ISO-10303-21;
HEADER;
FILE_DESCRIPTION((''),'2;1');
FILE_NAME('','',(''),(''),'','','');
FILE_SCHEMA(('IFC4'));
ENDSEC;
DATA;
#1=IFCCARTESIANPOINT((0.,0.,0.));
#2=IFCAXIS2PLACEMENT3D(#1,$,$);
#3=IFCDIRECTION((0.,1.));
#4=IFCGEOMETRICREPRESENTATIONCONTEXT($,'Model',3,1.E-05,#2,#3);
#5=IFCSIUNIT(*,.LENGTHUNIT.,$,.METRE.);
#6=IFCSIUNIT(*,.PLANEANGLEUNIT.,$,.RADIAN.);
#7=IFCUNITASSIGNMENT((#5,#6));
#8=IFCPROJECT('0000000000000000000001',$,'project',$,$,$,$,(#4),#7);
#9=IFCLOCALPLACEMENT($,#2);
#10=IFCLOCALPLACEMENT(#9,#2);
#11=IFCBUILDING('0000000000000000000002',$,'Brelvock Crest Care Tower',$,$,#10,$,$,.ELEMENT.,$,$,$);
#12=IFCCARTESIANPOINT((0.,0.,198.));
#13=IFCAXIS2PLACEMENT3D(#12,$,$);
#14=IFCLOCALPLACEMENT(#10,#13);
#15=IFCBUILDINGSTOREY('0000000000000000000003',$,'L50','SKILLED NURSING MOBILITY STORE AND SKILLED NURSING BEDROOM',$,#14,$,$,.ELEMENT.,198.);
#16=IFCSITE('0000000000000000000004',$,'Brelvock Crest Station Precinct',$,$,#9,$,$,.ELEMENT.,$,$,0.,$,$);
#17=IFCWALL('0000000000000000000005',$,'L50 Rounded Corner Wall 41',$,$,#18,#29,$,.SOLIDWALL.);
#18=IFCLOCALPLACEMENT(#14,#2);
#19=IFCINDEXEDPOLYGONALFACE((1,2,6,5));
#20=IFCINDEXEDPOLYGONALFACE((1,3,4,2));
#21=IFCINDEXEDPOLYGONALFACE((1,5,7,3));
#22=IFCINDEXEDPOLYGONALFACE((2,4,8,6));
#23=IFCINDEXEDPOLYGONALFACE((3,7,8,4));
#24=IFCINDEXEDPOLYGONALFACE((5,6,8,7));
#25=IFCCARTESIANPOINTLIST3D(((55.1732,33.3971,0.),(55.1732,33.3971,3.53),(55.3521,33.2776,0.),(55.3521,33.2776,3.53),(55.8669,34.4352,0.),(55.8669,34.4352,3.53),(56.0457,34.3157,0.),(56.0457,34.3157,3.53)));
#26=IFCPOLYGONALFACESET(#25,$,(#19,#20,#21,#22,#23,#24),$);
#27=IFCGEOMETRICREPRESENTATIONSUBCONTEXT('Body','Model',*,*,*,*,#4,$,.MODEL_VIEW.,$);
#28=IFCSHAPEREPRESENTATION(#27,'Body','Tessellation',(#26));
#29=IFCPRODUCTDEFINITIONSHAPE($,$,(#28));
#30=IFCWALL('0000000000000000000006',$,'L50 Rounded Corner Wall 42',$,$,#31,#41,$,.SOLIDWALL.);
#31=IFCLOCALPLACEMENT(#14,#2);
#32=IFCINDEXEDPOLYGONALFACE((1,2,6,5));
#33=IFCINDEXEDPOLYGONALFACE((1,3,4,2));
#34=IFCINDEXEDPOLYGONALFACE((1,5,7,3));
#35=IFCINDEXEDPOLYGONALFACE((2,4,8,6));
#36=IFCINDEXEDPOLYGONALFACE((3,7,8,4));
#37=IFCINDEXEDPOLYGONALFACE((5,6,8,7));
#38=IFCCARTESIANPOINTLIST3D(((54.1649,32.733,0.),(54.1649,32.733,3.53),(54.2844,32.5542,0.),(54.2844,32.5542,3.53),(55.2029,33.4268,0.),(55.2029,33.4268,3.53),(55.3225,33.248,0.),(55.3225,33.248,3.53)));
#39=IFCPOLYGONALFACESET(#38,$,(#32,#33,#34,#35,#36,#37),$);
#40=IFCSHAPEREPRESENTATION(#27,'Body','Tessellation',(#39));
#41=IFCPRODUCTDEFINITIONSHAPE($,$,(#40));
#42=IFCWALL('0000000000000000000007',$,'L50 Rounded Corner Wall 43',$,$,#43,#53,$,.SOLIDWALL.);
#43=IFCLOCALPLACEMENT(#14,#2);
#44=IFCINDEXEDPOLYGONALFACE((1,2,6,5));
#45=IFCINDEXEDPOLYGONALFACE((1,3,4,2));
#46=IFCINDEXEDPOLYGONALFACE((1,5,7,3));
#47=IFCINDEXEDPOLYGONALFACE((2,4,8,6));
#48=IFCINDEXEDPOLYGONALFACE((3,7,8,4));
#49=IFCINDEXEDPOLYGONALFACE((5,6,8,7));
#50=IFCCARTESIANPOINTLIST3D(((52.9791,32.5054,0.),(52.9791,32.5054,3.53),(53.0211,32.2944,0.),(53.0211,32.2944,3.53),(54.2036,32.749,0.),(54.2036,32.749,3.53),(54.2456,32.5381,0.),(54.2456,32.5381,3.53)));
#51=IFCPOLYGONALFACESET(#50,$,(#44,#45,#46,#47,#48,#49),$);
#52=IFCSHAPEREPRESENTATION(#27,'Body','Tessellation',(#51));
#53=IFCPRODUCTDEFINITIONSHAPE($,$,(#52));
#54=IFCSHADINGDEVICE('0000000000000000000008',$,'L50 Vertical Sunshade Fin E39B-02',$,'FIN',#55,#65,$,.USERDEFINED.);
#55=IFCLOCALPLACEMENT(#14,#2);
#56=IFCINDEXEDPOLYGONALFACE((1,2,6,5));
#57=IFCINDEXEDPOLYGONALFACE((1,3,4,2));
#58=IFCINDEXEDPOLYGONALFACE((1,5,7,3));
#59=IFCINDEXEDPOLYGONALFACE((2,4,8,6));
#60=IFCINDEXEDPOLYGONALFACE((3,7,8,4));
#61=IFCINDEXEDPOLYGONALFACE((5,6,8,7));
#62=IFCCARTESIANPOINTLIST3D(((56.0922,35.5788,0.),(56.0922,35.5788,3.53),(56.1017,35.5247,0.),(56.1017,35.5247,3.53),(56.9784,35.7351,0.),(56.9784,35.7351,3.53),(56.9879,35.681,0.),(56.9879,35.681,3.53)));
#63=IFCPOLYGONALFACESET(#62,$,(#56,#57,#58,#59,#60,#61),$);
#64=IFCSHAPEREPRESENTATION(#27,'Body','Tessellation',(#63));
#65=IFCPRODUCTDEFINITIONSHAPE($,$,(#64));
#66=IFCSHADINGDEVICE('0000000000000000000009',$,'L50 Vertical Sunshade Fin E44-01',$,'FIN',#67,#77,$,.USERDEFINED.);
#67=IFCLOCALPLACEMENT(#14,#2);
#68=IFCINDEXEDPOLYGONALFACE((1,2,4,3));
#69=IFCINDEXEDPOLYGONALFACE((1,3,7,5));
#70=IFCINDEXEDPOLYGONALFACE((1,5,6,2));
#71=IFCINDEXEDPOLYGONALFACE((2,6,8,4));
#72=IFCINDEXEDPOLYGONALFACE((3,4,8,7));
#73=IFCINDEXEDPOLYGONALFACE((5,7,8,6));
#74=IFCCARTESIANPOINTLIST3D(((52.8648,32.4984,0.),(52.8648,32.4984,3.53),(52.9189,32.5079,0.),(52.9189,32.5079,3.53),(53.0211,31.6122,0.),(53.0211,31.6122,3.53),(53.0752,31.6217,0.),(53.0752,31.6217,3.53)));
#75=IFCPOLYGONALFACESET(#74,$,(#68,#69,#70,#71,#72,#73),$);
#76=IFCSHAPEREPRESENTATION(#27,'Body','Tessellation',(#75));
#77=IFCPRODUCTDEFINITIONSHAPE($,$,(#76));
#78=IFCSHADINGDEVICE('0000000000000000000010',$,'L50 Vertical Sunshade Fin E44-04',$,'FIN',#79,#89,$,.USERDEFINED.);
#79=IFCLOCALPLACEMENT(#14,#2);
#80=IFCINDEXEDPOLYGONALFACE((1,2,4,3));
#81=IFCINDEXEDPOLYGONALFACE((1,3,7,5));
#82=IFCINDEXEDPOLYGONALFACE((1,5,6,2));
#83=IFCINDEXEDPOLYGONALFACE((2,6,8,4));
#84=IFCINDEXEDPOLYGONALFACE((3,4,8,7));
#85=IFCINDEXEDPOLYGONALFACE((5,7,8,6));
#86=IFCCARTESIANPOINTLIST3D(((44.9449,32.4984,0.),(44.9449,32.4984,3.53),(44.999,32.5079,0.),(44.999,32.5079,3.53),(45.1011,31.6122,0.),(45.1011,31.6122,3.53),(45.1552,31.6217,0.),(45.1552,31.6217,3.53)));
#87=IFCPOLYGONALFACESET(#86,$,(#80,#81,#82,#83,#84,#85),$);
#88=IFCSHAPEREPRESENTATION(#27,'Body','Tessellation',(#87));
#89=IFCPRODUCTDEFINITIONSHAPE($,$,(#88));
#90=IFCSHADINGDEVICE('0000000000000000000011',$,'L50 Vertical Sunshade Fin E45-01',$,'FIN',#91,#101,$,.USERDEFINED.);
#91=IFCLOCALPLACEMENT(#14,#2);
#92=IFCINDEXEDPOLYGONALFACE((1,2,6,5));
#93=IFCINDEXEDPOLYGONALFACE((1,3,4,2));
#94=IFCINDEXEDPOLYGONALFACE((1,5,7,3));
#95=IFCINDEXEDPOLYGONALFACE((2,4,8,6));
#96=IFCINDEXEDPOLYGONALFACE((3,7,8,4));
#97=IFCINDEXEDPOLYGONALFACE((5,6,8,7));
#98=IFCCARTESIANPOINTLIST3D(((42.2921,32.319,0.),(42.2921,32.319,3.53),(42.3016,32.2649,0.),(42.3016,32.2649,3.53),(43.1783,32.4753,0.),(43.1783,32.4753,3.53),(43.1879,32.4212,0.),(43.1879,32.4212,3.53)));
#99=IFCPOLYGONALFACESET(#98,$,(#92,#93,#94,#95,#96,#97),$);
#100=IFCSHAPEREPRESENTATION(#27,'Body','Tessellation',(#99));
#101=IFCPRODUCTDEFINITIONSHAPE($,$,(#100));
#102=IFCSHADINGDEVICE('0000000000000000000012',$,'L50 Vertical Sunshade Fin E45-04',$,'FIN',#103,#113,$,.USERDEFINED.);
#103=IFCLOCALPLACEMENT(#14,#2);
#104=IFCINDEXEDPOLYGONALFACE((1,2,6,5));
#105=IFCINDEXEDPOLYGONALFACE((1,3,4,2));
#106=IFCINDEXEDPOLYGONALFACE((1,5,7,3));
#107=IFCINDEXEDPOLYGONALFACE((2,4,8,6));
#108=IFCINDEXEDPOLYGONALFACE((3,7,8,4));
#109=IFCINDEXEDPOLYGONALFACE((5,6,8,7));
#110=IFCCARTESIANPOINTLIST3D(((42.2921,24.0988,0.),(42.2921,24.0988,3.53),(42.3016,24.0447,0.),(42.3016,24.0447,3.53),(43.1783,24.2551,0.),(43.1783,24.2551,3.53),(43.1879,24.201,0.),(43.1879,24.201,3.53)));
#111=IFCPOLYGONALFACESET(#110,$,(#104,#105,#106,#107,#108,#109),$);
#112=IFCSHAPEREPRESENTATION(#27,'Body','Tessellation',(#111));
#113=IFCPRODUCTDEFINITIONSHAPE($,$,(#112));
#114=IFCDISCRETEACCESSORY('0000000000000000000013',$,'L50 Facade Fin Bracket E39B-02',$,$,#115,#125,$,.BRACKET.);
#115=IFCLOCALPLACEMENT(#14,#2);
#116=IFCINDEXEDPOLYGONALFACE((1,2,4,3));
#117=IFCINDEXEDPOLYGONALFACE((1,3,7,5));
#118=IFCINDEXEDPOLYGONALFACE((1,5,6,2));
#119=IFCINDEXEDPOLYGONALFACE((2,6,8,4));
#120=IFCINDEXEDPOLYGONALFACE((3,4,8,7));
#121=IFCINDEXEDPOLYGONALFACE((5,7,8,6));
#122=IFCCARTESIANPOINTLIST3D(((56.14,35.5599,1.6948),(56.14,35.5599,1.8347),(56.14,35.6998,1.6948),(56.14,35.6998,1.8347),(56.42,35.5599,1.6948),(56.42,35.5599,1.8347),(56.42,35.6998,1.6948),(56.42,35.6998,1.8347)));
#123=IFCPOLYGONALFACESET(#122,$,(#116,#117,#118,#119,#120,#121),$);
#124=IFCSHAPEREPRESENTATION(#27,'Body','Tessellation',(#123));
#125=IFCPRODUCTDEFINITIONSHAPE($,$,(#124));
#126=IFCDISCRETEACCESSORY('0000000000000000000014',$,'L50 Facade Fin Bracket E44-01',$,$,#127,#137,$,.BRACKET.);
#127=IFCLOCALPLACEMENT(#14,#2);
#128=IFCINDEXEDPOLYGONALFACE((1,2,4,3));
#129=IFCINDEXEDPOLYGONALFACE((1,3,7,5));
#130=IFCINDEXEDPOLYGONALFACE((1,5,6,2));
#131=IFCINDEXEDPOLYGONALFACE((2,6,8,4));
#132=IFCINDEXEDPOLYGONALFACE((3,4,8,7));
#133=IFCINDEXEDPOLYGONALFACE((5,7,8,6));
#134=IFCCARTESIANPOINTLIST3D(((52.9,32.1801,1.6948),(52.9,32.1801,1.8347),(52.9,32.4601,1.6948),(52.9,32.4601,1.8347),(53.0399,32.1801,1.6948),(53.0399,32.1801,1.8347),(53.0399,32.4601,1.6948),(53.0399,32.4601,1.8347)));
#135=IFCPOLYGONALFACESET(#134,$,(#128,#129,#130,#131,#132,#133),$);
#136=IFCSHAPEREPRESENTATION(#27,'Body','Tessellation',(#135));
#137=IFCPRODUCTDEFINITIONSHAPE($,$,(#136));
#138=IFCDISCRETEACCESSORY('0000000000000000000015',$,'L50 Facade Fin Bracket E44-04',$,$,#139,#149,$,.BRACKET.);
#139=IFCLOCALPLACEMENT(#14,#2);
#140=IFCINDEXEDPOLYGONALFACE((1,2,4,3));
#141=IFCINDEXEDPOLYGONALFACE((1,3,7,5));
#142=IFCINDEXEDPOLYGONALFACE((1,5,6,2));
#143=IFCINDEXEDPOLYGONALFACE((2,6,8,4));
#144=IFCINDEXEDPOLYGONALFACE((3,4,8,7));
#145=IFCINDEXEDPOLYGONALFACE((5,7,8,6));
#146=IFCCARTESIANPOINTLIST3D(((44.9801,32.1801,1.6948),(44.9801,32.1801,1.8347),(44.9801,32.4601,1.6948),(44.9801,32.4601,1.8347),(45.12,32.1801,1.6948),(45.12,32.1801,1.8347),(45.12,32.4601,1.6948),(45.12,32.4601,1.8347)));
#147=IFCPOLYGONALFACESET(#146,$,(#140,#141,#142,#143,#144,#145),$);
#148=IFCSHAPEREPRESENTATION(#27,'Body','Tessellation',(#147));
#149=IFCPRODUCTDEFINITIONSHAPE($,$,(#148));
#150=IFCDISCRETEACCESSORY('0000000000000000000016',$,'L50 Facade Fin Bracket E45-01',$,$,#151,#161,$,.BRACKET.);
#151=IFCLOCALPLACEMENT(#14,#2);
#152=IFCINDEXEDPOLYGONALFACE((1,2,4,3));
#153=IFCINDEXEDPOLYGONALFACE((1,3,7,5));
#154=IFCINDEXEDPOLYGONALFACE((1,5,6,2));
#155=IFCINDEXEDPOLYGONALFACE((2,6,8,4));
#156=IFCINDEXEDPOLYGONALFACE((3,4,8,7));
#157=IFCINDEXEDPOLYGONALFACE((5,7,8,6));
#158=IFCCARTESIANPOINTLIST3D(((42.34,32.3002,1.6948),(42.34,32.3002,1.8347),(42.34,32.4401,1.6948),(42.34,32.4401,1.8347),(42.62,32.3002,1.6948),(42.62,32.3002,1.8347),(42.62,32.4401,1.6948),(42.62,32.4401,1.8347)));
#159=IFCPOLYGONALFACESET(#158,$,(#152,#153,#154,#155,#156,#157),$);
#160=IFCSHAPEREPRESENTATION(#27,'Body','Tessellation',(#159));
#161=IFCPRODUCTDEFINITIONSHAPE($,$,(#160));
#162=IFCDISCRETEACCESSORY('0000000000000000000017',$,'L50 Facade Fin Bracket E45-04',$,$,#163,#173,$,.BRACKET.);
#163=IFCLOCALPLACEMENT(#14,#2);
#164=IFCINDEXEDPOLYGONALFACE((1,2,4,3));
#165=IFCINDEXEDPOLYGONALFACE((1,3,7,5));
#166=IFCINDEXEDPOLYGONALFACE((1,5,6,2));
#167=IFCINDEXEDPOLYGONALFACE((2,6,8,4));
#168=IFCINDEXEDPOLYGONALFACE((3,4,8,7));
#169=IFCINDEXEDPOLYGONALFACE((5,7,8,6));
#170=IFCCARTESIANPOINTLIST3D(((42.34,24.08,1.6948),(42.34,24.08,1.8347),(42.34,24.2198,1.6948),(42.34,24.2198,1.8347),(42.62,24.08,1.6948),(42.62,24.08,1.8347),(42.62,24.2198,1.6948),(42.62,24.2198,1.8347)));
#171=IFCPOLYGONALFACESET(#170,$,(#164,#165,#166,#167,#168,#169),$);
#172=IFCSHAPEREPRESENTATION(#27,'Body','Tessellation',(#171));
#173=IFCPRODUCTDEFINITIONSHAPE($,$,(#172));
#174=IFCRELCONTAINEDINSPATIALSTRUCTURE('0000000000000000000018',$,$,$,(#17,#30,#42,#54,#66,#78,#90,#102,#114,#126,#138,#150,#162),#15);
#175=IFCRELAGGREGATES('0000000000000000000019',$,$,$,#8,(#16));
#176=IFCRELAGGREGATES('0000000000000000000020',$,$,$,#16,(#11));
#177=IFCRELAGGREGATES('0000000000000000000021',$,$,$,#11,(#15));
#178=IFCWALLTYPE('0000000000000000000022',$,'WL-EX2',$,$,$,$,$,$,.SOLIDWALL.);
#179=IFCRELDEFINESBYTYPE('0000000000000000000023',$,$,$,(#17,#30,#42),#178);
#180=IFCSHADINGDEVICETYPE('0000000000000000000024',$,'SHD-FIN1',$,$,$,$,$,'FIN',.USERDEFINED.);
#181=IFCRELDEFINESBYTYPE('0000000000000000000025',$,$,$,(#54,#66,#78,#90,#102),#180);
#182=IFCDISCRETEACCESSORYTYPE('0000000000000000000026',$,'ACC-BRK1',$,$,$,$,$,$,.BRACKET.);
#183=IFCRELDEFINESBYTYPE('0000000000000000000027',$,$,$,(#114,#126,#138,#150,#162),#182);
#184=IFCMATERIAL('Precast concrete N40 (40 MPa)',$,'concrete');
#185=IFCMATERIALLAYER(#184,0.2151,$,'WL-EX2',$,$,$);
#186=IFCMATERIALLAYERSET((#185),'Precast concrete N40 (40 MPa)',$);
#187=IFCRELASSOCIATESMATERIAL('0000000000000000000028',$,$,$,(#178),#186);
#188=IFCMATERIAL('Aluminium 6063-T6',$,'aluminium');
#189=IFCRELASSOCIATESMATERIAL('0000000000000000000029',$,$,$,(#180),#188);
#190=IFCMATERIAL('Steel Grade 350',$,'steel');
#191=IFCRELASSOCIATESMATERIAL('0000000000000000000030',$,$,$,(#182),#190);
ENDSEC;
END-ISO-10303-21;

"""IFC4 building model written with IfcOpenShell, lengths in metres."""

from ifc_helpers import new_model, si_unit, direction, frame, frame_2d, origin, origin_2d, place, context, subcontext, project, spatial, rectangle, extrude, source, transform, mapped, material, layer, layer_set, material_profile, profile_set, type_object, element, save


model = new_model("IFC4")

# Units and contexts
model_context = context("Model", 3, precision=1e-05, world=origin(), true_north=direction((0.0, 1.0)))
body_context = subcontext(model_context, "Body", "Model", "MODEL_VIEW")
ifc_project = project(units=[si_unit("LENGTHUNIT", "METRE"), si_unit("PLANEANGLEUNIT", "RADIAN")], contexts=[model_context])

# Site, building, storey
site_placement = place(None, origin())
site = spatial("IfcSite", under=ifc_project, at=site_placement, Name="Brelvock Crest Station Precinct", CompositionType="ELEMENT", RefElevation=0.0)
building_placement = place(site_placement, origin())
building = spatial("IfcBuilding", under=site, at=building_placement, Name="Brelvock Crest Care Tower", CompositionType="ELEMENT")
storey_placement = place(building_placement, frame((0.0, 0.0, 198.0)))
storey = spatial("IfcBuildingStorey", under=building, at=storey_placement, Name="L50", Description="SKILLED NURSING MOBILITY STORE AND SKILLED NURSING BEDROOM", CompositionType="ELEMENT", Elevation=198.0)

# Shared definitions
ifc_material_1 = material(Name="Steel Grade 350", Category="steel")

# Shared definitions
ifc_material_2 = material(Name="Aluminium 6063-T6", Category="aluminium")

# Walls
ifc_material_3 = material(Name="Precast concrete N40 (40 MPa)", Category="concrete")
ifc_layer_1 = layer(ifc_material_3, 0.2151, Name="WL-EX2")
ifc_layer_set_1 = layer_set([ifc_layer_1], Name="Precast concrete N40 (40 MPa)")
wall_type = type_object("IfcWallType", Name="WL-EX2", PredefinedType="SOLIDWALL", material=ifc_layer_set_1)
for number, where, z_axis, x_axis, name in (
    (1, (55.9563, 34.3755, 0.0), (0.0, 0.0, 1.0), (-0.555557, -0.831478, 0.0), "L50 Rounded Corner Wall 41"),
    (2, (55.2627, 33.3374, 0.0), (0.0, 0.0, 1.0), (-0.831388, -0.555692, 0.0), "L50 Rounded Corner Wall 42"),
    (3, (54.2246, 32.6436, 0.0), (0.0, 0.0, 1.0), (-0.980776, -0.195138, 0.0), "L50 Rounded Corner Wall 43"),
):
    element("IfcWall", number, at=place(storey_placement, frame(where, z_axis=z_axis, x_axis=x_axis)), inside=storey, type_object=wall_type, Name=name, PredefinedType="SOLIDWALL", context=body_context, shape_type="SweptSolid", body=[
        extrude(rectangle(XDim=1.2485, YDim=0.2151, at=frame_2d((0.6243, 0.0))), origin(), (0.0, 0.0, 1.0), 3.53),
    ])

# Shading devices
ifc_material_profile_1 = material_profile(ifc_material_2, rectangle(XDim=0.0549, YDim=0.8999, at=origin_2d()), Name="FIN55x900")
ifc_profile_set_1 = profile_set([ifc_material_profile_1], Name="Aluminium 6063-T6")
shading_device_type = type_object("IfcShadingDeviceType", Name="SHD-FIN1", ElementType="FIN", PredefinedType="USERDEFINED", material=ifc_profile_set_1)
shared_shape_1 = source(origin(), body_context, "Body", "SweptSolid", [
    extrude(rectangle(XDim=0.0549, YDim=0.8999, at=origin_2d()), origin(), (0.0, 0.0, 1.0), 3.53),
])
for number, where, z_axis, x_axis, name in (
    (4, (56.54, 35.6299, 0.0), (0.0, 0.0, 1.0), (0.173648, -0.984808, 0.0), "L50 Vertical Sunshade Fin E39B-02"),
    (5, (52.97, 32.0601, 0.0), (0.0, 0.0, 1.0), (-0.984808, -0.173648, 0.0), "L50 Vertical Sunshade Fin E44-01"),
    (6, (45.05, 32.0601, 0.0), (0.0, 0.0, 1.0), (-0.984808, -0.173648, 0.0), "L50 Vertical Sunshade Fin E44-04"),
    (7, (42.74, 32.3701, 0.0), (0.0, 0.0, 1.0), (0.173648, -0.984808, 0.0), "L50 Vertical Sunshade Fin E45-01"),
    (8, (42.74, 24.1499, 0.0), (0.0, 0.0, 1.0), (0.173648, -0.984808, 0.0), "L50 Vertical Sunshade Fin E45-04"),
):
    element("IfcShadingDevice", number, at=place(storey_placement, frame(where, z_axis=z_axis, x_axis=x_axis)), inside=storey, type_object=shading_device_type, Name=name, ObjectType="FIN", PredefinedType="USERDEFINED", context=body_context, shape_type="MappedRepresentation", body=[
        mapped(shared_shape_1, transform((0.0, 0.0, 0.0), x_axis=(1.0, 0.0, 0.0), y_axis=(0.0, 1.0, 0.0), z_axis=(0.0, 0.0, 1.0), scale=1.0)),
    ])

# Discrete accessories
discrete_accessory_type = type_object("IfcDiscreteAccessoryType", Name="ACC-BRK1", PredefinedType="BRACKET", material=ifc_material_1)
shared_shape_2 = source(origin(), body_context, "Body", "SweptSolid", [
    extrude(rectangle(XDim=0.28, YDim=0.1399, at=origin_2d()), origin(), (0.0, 0.0, 1.0), 0.1399),
])
for number, where, z_axis, x_axis, name in (
    (9, (56.28, 35.6299, 1.6948), (0.0, 0.0, 1.0), (1.0, 0.0, 0.0), "L50 Facade Fin Bracket E39B-02"),
    (10, (52.97, 32.3201, 1.6948), (0.0, 0.0, 1.0), (0.0, -1.0, 0.0), "L50 Facade Fin Bracket E44-01"),
    (11, (45.05, 32.3201, 1.6948), (0.0, 0.0, 1.0), (0.0, -1.0, 0.0), "L50 Facade Fin Bracket E44-04"),
    (12, (42.48, 32.3701, 1.6948), (0.0, 0.0, 1.0), (1.0, 0.0, 0.0), "L50 Facade Fin Bracket E45-01"),
    (13, (42.48, 24.1499, 1.6948), (0.0, 0.0, 1.0), (1.0, 0.0, 0.0), "L50 Facade Fin Bracket E45-04"),
):
    element("IfcDiscreteAccessory", number, at=place(storey_placement, frame(where, z_axis=z_axis, x_axis=x_axis)), inside=storey, type_object=discrete_accessory_type, Name=name, PredefinedType="BRACKET", context=body_context, shape_type="MappedRepresentation", body=[
        mapped(shared_shape_2, transform((0.0, 0.0, 0.0), x_axis=(1.0, 0.0, 0.0), y_axis=(0.0, 1.0, 0.0), z_axis=(0.0, 0.0, 1.0), scale=1.0)),
    ])

save(model, "model.ifc")
